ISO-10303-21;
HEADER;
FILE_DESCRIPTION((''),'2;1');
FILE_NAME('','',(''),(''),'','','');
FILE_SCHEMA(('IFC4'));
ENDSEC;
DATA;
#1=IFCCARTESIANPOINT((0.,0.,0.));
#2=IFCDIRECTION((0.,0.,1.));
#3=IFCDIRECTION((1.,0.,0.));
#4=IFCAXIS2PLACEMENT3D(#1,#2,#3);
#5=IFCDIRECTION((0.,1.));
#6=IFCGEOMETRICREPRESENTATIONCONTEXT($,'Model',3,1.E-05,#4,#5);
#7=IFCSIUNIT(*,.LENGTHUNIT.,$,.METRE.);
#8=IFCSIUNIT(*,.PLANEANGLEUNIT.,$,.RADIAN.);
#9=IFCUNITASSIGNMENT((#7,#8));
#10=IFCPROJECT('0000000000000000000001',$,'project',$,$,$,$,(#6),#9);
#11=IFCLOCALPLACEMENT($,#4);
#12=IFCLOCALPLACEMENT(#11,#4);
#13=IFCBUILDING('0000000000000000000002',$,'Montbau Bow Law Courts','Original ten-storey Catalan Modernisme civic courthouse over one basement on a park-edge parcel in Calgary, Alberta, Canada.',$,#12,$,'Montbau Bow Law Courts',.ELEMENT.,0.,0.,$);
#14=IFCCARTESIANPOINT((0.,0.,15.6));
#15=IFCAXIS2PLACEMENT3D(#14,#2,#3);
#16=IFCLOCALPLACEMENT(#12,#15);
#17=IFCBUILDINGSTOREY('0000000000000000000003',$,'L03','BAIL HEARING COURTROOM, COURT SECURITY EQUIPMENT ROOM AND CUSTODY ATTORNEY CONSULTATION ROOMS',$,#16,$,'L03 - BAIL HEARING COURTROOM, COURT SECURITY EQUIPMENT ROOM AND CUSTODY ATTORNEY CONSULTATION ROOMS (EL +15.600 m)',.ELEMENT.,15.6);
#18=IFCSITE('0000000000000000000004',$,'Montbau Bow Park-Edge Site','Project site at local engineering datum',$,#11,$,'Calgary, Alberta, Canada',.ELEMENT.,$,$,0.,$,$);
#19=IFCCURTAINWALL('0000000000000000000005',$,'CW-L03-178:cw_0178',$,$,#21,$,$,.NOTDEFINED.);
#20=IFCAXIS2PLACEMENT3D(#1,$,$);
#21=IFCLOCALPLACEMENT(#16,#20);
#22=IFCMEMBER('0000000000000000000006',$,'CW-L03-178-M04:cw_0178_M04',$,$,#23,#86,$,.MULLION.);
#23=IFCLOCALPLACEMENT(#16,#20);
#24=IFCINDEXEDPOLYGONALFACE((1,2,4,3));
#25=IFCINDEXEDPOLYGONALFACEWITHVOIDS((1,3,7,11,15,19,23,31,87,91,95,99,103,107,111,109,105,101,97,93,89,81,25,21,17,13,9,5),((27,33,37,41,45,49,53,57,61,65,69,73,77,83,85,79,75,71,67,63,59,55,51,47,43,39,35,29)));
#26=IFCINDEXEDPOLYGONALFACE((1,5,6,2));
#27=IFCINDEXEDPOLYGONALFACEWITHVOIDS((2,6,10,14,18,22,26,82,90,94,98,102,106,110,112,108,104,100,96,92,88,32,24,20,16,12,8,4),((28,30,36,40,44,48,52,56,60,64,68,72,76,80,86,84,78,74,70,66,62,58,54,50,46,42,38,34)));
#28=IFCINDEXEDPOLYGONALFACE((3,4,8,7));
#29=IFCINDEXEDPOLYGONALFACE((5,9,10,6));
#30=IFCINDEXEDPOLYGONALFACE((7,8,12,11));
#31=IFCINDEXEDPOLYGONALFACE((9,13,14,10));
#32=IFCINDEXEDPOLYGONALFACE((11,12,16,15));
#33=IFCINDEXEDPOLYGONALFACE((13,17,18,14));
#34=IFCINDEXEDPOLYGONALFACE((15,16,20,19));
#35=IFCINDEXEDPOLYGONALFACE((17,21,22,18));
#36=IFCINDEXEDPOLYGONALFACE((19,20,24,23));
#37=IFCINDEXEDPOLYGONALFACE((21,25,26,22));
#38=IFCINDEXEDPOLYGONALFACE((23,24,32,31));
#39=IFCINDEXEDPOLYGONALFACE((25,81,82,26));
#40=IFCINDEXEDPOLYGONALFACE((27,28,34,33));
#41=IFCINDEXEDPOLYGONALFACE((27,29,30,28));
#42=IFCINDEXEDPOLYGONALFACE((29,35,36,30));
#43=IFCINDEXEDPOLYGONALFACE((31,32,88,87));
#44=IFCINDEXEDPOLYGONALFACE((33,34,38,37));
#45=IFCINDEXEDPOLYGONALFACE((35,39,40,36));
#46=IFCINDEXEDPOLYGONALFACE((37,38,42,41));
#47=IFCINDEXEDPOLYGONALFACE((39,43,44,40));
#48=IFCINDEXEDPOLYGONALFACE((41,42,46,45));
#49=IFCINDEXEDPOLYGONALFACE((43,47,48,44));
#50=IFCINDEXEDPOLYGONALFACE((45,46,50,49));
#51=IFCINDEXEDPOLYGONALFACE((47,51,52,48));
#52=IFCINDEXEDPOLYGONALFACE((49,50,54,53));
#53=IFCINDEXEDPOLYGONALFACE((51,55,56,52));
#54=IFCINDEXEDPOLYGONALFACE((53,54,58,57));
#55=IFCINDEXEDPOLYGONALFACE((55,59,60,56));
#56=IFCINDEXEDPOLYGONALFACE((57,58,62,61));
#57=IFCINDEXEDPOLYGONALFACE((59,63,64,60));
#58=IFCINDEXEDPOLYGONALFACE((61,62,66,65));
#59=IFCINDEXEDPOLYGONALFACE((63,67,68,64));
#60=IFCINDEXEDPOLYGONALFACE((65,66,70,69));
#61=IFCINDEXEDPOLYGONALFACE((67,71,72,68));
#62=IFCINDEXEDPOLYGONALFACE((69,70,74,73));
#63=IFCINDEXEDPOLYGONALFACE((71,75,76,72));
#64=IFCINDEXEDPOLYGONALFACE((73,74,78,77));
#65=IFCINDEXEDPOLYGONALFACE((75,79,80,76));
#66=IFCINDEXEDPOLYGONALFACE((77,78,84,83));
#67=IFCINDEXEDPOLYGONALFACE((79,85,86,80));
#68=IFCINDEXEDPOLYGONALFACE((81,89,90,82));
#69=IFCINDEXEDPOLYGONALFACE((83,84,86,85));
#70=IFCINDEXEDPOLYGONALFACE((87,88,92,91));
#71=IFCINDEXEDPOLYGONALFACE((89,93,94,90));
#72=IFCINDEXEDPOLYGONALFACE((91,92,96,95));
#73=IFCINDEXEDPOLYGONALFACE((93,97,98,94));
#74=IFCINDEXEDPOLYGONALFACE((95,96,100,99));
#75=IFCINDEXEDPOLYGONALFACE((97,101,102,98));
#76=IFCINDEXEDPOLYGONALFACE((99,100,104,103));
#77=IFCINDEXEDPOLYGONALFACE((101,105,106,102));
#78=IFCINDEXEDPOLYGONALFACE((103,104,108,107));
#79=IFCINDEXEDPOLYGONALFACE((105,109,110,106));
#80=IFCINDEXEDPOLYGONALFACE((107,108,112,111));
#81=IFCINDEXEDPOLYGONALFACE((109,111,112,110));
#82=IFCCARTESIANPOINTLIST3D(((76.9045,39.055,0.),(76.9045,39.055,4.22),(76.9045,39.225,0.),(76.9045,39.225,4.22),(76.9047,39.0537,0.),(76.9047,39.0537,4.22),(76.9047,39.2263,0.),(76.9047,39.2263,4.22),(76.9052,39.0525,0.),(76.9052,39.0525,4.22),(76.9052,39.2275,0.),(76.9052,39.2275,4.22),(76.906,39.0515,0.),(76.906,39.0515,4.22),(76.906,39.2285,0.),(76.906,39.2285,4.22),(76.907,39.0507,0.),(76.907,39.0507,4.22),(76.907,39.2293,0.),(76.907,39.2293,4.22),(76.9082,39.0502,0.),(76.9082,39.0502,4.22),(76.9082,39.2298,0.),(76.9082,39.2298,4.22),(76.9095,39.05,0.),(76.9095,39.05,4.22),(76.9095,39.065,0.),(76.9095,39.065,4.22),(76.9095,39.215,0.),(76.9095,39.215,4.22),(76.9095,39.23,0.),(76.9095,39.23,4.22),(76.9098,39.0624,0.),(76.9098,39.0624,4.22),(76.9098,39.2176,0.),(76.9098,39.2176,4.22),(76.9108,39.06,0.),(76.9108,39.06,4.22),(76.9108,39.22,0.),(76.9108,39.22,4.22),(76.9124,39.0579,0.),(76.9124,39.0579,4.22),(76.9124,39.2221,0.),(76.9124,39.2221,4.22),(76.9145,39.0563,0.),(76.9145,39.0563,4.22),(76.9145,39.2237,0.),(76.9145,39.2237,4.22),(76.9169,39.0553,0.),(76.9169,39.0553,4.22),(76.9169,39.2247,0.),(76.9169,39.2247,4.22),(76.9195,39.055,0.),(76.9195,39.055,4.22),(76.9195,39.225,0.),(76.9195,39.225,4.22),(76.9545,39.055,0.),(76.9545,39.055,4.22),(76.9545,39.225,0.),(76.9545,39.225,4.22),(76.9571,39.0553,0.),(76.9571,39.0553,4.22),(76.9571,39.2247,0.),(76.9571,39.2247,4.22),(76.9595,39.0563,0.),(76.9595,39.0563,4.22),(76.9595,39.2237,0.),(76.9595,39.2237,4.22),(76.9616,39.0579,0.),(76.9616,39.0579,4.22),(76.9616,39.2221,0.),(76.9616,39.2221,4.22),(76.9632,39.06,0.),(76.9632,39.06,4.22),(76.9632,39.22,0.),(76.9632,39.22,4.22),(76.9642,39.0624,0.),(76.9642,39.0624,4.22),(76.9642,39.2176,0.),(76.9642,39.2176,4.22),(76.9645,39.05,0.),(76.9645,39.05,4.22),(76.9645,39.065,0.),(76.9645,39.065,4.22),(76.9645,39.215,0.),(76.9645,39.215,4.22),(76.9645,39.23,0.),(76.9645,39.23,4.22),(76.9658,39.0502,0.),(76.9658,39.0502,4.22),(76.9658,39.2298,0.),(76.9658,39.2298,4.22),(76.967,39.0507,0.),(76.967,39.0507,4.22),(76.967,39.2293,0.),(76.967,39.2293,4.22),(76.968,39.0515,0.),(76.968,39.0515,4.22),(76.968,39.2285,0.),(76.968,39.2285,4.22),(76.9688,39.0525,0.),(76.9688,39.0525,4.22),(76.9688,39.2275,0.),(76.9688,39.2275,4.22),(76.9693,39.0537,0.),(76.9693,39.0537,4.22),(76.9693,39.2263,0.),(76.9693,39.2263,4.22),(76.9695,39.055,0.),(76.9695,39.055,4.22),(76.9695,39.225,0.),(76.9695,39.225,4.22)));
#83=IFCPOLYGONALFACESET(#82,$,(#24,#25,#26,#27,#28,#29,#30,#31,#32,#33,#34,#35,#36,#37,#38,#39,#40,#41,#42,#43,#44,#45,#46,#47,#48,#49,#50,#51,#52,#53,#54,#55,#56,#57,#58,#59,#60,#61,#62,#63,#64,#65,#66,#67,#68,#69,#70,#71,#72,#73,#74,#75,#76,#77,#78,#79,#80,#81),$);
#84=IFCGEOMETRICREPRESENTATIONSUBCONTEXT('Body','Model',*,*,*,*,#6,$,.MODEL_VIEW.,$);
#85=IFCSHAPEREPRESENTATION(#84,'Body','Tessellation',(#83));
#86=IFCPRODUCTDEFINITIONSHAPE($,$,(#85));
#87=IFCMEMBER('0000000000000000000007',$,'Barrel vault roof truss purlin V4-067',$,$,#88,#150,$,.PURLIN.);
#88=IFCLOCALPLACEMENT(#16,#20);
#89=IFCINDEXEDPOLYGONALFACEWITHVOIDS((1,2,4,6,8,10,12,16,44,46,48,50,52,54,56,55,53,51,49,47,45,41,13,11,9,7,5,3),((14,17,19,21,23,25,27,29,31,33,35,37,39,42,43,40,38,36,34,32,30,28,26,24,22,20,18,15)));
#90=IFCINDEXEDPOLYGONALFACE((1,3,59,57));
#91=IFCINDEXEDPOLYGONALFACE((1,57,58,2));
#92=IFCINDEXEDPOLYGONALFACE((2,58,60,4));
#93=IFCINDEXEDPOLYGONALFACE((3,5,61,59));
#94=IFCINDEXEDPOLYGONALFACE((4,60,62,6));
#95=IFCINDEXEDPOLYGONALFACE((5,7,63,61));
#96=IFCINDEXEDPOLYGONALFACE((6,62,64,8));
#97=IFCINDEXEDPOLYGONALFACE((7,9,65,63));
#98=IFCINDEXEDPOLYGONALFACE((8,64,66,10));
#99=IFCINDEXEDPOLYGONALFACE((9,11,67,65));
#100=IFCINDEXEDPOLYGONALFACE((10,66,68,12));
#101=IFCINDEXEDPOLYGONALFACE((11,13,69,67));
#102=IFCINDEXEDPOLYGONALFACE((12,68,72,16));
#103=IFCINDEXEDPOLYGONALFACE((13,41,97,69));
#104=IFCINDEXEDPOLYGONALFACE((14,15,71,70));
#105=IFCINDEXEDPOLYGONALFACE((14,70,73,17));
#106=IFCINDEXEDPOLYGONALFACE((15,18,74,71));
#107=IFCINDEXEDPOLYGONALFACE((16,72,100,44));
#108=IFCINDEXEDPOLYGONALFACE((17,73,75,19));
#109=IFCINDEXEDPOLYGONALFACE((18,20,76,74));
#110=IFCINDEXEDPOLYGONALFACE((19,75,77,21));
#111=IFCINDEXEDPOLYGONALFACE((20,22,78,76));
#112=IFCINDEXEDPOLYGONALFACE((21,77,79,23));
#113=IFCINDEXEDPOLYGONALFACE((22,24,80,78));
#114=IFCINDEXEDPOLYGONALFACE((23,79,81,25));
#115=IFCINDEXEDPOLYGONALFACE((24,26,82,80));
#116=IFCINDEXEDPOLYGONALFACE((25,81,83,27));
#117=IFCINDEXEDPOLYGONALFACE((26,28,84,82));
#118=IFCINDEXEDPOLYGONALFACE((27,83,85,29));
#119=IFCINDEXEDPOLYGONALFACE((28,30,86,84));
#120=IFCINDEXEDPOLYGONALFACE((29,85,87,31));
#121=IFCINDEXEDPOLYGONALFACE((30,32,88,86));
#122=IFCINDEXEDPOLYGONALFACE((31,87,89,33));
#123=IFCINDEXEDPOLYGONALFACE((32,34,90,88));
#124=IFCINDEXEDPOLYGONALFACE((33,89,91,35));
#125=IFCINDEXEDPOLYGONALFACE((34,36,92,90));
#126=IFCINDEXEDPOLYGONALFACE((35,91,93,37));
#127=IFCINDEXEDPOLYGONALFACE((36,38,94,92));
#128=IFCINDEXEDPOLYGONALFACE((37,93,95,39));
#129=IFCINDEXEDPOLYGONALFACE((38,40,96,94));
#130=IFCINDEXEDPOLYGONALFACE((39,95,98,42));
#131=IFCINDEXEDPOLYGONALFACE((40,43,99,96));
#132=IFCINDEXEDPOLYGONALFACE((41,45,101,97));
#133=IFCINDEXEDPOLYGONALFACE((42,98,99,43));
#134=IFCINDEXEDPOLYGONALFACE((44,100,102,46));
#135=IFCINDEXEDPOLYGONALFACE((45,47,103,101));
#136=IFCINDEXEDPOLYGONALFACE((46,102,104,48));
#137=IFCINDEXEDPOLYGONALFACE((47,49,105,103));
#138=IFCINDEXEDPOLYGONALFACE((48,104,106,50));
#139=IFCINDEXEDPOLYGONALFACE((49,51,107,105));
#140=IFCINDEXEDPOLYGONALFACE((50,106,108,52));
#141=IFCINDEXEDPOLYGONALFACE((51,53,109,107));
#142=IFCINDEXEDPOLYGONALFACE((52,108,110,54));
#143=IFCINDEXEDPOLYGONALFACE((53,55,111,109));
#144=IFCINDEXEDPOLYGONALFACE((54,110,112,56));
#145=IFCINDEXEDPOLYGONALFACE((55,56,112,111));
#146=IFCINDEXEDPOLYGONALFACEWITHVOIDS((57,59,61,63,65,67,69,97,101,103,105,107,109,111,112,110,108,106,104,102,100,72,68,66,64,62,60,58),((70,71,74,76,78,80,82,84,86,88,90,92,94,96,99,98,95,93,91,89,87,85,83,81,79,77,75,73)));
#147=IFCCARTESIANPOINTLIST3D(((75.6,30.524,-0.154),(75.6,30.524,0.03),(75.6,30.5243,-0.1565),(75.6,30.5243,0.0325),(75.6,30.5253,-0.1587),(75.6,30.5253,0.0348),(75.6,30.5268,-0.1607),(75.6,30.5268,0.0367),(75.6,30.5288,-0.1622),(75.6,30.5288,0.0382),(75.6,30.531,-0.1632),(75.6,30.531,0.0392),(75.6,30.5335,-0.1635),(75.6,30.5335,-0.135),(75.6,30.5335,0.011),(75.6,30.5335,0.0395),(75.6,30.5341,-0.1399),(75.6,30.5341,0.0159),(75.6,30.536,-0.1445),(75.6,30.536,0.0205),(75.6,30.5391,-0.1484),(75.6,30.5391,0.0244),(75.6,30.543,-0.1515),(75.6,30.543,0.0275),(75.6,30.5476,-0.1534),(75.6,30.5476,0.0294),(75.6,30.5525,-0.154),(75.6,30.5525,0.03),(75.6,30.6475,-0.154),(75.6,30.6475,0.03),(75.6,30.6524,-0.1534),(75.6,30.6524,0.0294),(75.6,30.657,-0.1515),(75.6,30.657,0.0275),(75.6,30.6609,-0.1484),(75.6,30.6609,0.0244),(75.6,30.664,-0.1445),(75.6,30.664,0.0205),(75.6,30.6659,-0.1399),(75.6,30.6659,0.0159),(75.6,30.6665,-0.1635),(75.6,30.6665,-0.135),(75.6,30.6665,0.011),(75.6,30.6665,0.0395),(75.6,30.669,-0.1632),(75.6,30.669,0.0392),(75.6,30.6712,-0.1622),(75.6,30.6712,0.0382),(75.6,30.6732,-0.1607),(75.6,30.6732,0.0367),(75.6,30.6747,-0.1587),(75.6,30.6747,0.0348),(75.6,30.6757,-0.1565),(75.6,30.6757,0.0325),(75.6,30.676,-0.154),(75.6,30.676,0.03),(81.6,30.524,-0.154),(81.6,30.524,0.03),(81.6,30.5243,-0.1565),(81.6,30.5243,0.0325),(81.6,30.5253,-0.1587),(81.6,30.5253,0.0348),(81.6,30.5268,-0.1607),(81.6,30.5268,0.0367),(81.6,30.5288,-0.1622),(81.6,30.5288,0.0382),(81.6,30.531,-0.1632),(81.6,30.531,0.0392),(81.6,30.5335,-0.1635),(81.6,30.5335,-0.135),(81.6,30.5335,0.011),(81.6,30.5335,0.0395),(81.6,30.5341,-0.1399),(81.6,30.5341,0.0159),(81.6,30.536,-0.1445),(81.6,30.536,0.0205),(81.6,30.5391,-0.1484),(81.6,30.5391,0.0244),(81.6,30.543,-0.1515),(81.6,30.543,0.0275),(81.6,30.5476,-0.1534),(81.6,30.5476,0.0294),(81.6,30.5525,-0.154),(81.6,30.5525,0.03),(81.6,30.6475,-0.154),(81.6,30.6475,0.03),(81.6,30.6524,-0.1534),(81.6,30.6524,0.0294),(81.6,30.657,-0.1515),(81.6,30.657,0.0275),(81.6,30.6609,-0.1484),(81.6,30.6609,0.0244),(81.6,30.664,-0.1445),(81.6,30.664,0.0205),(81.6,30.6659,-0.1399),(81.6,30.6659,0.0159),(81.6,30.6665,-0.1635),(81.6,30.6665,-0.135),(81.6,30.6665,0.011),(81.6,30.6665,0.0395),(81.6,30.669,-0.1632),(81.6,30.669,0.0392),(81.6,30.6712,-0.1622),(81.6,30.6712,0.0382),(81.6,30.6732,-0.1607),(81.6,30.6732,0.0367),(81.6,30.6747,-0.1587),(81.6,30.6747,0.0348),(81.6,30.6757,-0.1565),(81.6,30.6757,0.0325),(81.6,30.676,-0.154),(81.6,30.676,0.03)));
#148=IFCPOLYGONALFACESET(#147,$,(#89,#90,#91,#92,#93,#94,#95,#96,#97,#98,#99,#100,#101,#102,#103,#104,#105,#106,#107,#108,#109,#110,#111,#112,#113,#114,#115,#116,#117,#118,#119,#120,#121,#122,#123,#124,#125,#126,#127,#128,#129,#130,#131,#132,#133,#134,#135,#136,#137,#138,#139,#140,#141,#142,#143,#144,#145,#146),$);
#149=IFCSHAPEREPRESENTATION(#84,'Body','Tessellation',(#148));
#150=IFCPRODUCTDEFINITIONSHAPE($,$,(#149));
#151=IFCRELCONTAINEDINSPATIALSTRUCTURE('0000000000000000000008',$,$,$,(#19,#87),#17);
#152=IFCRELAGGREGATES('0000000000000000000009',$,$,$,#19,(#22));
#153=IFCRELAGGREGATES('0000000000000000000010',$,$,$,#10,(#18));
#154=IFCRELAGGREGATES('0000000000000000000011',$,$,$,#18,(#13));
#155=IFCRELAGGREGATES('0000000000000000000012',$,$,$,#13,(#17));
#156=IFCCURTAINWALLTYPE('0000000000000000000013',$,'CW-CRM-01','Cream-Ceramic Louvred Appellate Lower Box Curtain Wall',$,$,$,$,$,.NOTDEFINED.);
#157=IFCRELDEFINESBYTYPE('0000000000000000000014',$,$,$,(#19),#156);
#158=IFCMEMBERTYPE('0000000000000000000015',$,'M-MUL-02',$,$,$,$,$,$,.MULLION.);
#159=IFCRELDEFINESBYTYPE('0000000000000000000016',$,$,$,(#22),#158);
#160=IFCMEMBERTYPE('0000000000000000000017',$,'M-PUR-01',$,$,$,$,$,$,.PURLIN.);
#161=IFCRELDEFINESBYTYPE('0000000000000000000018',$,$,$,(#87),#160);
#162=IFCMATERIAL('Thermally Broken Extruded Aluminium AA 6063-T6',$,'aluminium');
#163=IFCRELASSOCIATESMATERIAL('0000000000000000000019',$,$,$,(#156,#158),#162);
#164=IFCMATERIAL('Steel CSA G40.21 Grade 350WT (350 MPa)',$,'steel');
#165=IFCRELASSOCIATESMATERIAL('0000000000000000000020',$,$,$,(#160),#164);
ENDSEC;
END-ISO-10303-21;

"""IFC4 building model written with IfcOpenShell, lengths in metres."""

from ifc_helpers import new_model, si_unit, direction, frame, origin_with_axes, origin_2d_with_axis, place, context, subcontext, project, spatial, hollow_rectangle, extrude, material, material_profile, profile_set, type_object, element, aggregate, save


model = new_model("IFC4")

# Units and contexts
model_context = context("Model", 3, precision=1e-05, world=origin_with_axes(), true_north=direction((0.0, 1.0)))
body_context = subcontext(model_context, "Body", "Model", "MODEL_VIEW")
ifc_project = project(units=[si_unit("LENGTHUNIT", "METRE"), si_unit("PLANEANGLEUNIT", "RADIAN")], contexts=[model_context])

# Site, building, storey
site_placement = place(None, origin_with_axes())
site = spatial("IfcSite", under=ifc_project, at=site_placement, Name="Montbau Bow Park-Edge Site", Description="Project site at local engineering datum", LongName="Calgary, Alberta, Canada", CompositionType="ELEMENT", RefElevation=0.0)
building_placement = place(site_placement, origin_with_axes())
building = spatial("IfcBuilding", under=site, at=building_placement, Name="Montbau Bow Law Courts", Description="Original ten-storey Catalan Modernisme civic courthouse over one basement on a park-edge parcel in Calgary, Alberta, Canada.", LongName="Montbau Bow Law Courts", CompositionType="ELEMENT", ElevationOfRefHeight=0.0, ElevationOfTerrain=0.0)
storey_placement = place(building_placement, frame((0.0, 0.0, 15.6), z_axis=(0.0, 0.0, 1.0), x_axis=(1.0, 0.0, 0.0)))
storey = spatial("IfcBuildingStorey", under=building, at=storey_placement, Name="L03", Description="BAIL HEARING COURTROOM, COURT SECURITY EQUIPMENT ROOM AND CUSTODY ATTORNEY CONSULTATION ROOMS", LongName="L03 - BAIL HEARING COURTROOM, COURT SECURITY EQUIPMENT ROOM AND CUSTODY ATTORNEY CONSULTATION ROOMS (EL +15.600 m)", CompositionType="ELEMENT", Elevation=15.6)

# Shared definitions
ifc_material_1 = material(Name="Steel CSA G40.21 Grade 350WT (350 MPa)", Category="steel")

# Curtain wall, member
ifc_material_2 = material(Name="Thermally Broken Extruded Aluminium AA 6063-T6", Category="aluminium")
curtain_wall_type = type_object("IfcCurtainWallType", Name="CW-CRM-01", Description="Cream-Ceramic Louvred Appellate Lower Box Curtain Wall", PredefinedType="NOTDEFINED", material=ifc_material_2)
curtain_wall_placement = place(None, frame((72.515, 39.14, 15.6), z_axis=(0.0, 0.0, 1.0), x_axis=(1.0, 0.0, 0.0)))
curtain_wall = element("IfcCurtainWall", 1, at=curtain_wall_placement, inside=storey, type_object=curtain_wall_type, Name="CW-L03-178:cw_0178", PredefinedType="NOTDEFINED")
ifc_material_profile_1 = material_profile(ifc_material_2, hollow_rectangle(XDim=0.065, YDim=0.18, WallThickness=0.005, InnerFilletRadius=0.01, OuterFilletRadius=0.005, at=origin_2d_with_axis()), Name="CWM-180X65", Category="Main", Priority=0)
ifc_profile_set_1 = profile_set([ifc_material_profile_1], Name="Thermally Broken Extruded Aluminium AA 6063-T6")
member_type_1 = type_object("IfcMemberType", Name="M-MUL-02", PredefinedType="MULLION", material=ifc_profile_set_1)
member_1_placement = place(None, frame((76.937, 39.14, 15.6), z_axis=(0.0, 0.0, 1.0), x_axis=(1.0, 0.0, 0.0)))
member_1 = element("IfcMember", 2, at=member_1_placement, type_object=member_type_1, Name="CW-L03-178-M04:cw_0178_M04", PredefinedType="MULLION", context=body_context, shape_type="SweptSolid", body=[
    extrude(hollow_rectangle(XDim=0.065, YDim=0.18, WallThickness=0.005, InnerFilletRadius=0.01, OuterFilletRadius=0.005, at=origin_2d_with_axis()), origin_with_axes(), (0.0, 0.0, 1.0), 4.22),
])

# Member
ifc_material_profile_2 = material_profile(ifc_material_1, hollow_rectangle(XDim=0.152, YDim=0.203, WallThickness=0.0095, InnerFilletRadius=0.019, OuterFilletRadius=0.0095, at=origin_2d_with_axis()), Name="HSS203X152X9.5", Category="Main", Priority=0)
ifc_profile_set_2 = profile_set([ifc_material_profile_2], Name="Steel CSA G40.21 Grade 350WT (350 MPa)")
member_type_2 = type_object("IfcMemberType", Name="M-PUR-01", PredefinedType="PURLIN", material=ifc_profile_set_2)
member_2_placement = place(None, frame((75.6, 30.6, 15.538), z_axis=(1.0, 0.0, 0.0), x_axis=(0.0, 1.0, 0.0)))
element("IfcMember", 3, at=member_2_placement, inside=storey, type_object=member_type_2, Name="Barrel vault roof truss purlin V4-067", PredefinedType="PURLIN", context=body_context, shape_type="SweptSolid", body=[
    extrude(hollow_rectangle(XDim=0.152, YDim=0.203, WallThickness=0.0095, InnerFilletRadius=0.019, OuterFilletRadius=0.0095, at=origin_2d_with_axis()), origin_with_axes(), (0.0, 0.0, 1.0), 6.0),
])

aggregate(curtain_wall, [member_1])

save(model, "model.ifc")
